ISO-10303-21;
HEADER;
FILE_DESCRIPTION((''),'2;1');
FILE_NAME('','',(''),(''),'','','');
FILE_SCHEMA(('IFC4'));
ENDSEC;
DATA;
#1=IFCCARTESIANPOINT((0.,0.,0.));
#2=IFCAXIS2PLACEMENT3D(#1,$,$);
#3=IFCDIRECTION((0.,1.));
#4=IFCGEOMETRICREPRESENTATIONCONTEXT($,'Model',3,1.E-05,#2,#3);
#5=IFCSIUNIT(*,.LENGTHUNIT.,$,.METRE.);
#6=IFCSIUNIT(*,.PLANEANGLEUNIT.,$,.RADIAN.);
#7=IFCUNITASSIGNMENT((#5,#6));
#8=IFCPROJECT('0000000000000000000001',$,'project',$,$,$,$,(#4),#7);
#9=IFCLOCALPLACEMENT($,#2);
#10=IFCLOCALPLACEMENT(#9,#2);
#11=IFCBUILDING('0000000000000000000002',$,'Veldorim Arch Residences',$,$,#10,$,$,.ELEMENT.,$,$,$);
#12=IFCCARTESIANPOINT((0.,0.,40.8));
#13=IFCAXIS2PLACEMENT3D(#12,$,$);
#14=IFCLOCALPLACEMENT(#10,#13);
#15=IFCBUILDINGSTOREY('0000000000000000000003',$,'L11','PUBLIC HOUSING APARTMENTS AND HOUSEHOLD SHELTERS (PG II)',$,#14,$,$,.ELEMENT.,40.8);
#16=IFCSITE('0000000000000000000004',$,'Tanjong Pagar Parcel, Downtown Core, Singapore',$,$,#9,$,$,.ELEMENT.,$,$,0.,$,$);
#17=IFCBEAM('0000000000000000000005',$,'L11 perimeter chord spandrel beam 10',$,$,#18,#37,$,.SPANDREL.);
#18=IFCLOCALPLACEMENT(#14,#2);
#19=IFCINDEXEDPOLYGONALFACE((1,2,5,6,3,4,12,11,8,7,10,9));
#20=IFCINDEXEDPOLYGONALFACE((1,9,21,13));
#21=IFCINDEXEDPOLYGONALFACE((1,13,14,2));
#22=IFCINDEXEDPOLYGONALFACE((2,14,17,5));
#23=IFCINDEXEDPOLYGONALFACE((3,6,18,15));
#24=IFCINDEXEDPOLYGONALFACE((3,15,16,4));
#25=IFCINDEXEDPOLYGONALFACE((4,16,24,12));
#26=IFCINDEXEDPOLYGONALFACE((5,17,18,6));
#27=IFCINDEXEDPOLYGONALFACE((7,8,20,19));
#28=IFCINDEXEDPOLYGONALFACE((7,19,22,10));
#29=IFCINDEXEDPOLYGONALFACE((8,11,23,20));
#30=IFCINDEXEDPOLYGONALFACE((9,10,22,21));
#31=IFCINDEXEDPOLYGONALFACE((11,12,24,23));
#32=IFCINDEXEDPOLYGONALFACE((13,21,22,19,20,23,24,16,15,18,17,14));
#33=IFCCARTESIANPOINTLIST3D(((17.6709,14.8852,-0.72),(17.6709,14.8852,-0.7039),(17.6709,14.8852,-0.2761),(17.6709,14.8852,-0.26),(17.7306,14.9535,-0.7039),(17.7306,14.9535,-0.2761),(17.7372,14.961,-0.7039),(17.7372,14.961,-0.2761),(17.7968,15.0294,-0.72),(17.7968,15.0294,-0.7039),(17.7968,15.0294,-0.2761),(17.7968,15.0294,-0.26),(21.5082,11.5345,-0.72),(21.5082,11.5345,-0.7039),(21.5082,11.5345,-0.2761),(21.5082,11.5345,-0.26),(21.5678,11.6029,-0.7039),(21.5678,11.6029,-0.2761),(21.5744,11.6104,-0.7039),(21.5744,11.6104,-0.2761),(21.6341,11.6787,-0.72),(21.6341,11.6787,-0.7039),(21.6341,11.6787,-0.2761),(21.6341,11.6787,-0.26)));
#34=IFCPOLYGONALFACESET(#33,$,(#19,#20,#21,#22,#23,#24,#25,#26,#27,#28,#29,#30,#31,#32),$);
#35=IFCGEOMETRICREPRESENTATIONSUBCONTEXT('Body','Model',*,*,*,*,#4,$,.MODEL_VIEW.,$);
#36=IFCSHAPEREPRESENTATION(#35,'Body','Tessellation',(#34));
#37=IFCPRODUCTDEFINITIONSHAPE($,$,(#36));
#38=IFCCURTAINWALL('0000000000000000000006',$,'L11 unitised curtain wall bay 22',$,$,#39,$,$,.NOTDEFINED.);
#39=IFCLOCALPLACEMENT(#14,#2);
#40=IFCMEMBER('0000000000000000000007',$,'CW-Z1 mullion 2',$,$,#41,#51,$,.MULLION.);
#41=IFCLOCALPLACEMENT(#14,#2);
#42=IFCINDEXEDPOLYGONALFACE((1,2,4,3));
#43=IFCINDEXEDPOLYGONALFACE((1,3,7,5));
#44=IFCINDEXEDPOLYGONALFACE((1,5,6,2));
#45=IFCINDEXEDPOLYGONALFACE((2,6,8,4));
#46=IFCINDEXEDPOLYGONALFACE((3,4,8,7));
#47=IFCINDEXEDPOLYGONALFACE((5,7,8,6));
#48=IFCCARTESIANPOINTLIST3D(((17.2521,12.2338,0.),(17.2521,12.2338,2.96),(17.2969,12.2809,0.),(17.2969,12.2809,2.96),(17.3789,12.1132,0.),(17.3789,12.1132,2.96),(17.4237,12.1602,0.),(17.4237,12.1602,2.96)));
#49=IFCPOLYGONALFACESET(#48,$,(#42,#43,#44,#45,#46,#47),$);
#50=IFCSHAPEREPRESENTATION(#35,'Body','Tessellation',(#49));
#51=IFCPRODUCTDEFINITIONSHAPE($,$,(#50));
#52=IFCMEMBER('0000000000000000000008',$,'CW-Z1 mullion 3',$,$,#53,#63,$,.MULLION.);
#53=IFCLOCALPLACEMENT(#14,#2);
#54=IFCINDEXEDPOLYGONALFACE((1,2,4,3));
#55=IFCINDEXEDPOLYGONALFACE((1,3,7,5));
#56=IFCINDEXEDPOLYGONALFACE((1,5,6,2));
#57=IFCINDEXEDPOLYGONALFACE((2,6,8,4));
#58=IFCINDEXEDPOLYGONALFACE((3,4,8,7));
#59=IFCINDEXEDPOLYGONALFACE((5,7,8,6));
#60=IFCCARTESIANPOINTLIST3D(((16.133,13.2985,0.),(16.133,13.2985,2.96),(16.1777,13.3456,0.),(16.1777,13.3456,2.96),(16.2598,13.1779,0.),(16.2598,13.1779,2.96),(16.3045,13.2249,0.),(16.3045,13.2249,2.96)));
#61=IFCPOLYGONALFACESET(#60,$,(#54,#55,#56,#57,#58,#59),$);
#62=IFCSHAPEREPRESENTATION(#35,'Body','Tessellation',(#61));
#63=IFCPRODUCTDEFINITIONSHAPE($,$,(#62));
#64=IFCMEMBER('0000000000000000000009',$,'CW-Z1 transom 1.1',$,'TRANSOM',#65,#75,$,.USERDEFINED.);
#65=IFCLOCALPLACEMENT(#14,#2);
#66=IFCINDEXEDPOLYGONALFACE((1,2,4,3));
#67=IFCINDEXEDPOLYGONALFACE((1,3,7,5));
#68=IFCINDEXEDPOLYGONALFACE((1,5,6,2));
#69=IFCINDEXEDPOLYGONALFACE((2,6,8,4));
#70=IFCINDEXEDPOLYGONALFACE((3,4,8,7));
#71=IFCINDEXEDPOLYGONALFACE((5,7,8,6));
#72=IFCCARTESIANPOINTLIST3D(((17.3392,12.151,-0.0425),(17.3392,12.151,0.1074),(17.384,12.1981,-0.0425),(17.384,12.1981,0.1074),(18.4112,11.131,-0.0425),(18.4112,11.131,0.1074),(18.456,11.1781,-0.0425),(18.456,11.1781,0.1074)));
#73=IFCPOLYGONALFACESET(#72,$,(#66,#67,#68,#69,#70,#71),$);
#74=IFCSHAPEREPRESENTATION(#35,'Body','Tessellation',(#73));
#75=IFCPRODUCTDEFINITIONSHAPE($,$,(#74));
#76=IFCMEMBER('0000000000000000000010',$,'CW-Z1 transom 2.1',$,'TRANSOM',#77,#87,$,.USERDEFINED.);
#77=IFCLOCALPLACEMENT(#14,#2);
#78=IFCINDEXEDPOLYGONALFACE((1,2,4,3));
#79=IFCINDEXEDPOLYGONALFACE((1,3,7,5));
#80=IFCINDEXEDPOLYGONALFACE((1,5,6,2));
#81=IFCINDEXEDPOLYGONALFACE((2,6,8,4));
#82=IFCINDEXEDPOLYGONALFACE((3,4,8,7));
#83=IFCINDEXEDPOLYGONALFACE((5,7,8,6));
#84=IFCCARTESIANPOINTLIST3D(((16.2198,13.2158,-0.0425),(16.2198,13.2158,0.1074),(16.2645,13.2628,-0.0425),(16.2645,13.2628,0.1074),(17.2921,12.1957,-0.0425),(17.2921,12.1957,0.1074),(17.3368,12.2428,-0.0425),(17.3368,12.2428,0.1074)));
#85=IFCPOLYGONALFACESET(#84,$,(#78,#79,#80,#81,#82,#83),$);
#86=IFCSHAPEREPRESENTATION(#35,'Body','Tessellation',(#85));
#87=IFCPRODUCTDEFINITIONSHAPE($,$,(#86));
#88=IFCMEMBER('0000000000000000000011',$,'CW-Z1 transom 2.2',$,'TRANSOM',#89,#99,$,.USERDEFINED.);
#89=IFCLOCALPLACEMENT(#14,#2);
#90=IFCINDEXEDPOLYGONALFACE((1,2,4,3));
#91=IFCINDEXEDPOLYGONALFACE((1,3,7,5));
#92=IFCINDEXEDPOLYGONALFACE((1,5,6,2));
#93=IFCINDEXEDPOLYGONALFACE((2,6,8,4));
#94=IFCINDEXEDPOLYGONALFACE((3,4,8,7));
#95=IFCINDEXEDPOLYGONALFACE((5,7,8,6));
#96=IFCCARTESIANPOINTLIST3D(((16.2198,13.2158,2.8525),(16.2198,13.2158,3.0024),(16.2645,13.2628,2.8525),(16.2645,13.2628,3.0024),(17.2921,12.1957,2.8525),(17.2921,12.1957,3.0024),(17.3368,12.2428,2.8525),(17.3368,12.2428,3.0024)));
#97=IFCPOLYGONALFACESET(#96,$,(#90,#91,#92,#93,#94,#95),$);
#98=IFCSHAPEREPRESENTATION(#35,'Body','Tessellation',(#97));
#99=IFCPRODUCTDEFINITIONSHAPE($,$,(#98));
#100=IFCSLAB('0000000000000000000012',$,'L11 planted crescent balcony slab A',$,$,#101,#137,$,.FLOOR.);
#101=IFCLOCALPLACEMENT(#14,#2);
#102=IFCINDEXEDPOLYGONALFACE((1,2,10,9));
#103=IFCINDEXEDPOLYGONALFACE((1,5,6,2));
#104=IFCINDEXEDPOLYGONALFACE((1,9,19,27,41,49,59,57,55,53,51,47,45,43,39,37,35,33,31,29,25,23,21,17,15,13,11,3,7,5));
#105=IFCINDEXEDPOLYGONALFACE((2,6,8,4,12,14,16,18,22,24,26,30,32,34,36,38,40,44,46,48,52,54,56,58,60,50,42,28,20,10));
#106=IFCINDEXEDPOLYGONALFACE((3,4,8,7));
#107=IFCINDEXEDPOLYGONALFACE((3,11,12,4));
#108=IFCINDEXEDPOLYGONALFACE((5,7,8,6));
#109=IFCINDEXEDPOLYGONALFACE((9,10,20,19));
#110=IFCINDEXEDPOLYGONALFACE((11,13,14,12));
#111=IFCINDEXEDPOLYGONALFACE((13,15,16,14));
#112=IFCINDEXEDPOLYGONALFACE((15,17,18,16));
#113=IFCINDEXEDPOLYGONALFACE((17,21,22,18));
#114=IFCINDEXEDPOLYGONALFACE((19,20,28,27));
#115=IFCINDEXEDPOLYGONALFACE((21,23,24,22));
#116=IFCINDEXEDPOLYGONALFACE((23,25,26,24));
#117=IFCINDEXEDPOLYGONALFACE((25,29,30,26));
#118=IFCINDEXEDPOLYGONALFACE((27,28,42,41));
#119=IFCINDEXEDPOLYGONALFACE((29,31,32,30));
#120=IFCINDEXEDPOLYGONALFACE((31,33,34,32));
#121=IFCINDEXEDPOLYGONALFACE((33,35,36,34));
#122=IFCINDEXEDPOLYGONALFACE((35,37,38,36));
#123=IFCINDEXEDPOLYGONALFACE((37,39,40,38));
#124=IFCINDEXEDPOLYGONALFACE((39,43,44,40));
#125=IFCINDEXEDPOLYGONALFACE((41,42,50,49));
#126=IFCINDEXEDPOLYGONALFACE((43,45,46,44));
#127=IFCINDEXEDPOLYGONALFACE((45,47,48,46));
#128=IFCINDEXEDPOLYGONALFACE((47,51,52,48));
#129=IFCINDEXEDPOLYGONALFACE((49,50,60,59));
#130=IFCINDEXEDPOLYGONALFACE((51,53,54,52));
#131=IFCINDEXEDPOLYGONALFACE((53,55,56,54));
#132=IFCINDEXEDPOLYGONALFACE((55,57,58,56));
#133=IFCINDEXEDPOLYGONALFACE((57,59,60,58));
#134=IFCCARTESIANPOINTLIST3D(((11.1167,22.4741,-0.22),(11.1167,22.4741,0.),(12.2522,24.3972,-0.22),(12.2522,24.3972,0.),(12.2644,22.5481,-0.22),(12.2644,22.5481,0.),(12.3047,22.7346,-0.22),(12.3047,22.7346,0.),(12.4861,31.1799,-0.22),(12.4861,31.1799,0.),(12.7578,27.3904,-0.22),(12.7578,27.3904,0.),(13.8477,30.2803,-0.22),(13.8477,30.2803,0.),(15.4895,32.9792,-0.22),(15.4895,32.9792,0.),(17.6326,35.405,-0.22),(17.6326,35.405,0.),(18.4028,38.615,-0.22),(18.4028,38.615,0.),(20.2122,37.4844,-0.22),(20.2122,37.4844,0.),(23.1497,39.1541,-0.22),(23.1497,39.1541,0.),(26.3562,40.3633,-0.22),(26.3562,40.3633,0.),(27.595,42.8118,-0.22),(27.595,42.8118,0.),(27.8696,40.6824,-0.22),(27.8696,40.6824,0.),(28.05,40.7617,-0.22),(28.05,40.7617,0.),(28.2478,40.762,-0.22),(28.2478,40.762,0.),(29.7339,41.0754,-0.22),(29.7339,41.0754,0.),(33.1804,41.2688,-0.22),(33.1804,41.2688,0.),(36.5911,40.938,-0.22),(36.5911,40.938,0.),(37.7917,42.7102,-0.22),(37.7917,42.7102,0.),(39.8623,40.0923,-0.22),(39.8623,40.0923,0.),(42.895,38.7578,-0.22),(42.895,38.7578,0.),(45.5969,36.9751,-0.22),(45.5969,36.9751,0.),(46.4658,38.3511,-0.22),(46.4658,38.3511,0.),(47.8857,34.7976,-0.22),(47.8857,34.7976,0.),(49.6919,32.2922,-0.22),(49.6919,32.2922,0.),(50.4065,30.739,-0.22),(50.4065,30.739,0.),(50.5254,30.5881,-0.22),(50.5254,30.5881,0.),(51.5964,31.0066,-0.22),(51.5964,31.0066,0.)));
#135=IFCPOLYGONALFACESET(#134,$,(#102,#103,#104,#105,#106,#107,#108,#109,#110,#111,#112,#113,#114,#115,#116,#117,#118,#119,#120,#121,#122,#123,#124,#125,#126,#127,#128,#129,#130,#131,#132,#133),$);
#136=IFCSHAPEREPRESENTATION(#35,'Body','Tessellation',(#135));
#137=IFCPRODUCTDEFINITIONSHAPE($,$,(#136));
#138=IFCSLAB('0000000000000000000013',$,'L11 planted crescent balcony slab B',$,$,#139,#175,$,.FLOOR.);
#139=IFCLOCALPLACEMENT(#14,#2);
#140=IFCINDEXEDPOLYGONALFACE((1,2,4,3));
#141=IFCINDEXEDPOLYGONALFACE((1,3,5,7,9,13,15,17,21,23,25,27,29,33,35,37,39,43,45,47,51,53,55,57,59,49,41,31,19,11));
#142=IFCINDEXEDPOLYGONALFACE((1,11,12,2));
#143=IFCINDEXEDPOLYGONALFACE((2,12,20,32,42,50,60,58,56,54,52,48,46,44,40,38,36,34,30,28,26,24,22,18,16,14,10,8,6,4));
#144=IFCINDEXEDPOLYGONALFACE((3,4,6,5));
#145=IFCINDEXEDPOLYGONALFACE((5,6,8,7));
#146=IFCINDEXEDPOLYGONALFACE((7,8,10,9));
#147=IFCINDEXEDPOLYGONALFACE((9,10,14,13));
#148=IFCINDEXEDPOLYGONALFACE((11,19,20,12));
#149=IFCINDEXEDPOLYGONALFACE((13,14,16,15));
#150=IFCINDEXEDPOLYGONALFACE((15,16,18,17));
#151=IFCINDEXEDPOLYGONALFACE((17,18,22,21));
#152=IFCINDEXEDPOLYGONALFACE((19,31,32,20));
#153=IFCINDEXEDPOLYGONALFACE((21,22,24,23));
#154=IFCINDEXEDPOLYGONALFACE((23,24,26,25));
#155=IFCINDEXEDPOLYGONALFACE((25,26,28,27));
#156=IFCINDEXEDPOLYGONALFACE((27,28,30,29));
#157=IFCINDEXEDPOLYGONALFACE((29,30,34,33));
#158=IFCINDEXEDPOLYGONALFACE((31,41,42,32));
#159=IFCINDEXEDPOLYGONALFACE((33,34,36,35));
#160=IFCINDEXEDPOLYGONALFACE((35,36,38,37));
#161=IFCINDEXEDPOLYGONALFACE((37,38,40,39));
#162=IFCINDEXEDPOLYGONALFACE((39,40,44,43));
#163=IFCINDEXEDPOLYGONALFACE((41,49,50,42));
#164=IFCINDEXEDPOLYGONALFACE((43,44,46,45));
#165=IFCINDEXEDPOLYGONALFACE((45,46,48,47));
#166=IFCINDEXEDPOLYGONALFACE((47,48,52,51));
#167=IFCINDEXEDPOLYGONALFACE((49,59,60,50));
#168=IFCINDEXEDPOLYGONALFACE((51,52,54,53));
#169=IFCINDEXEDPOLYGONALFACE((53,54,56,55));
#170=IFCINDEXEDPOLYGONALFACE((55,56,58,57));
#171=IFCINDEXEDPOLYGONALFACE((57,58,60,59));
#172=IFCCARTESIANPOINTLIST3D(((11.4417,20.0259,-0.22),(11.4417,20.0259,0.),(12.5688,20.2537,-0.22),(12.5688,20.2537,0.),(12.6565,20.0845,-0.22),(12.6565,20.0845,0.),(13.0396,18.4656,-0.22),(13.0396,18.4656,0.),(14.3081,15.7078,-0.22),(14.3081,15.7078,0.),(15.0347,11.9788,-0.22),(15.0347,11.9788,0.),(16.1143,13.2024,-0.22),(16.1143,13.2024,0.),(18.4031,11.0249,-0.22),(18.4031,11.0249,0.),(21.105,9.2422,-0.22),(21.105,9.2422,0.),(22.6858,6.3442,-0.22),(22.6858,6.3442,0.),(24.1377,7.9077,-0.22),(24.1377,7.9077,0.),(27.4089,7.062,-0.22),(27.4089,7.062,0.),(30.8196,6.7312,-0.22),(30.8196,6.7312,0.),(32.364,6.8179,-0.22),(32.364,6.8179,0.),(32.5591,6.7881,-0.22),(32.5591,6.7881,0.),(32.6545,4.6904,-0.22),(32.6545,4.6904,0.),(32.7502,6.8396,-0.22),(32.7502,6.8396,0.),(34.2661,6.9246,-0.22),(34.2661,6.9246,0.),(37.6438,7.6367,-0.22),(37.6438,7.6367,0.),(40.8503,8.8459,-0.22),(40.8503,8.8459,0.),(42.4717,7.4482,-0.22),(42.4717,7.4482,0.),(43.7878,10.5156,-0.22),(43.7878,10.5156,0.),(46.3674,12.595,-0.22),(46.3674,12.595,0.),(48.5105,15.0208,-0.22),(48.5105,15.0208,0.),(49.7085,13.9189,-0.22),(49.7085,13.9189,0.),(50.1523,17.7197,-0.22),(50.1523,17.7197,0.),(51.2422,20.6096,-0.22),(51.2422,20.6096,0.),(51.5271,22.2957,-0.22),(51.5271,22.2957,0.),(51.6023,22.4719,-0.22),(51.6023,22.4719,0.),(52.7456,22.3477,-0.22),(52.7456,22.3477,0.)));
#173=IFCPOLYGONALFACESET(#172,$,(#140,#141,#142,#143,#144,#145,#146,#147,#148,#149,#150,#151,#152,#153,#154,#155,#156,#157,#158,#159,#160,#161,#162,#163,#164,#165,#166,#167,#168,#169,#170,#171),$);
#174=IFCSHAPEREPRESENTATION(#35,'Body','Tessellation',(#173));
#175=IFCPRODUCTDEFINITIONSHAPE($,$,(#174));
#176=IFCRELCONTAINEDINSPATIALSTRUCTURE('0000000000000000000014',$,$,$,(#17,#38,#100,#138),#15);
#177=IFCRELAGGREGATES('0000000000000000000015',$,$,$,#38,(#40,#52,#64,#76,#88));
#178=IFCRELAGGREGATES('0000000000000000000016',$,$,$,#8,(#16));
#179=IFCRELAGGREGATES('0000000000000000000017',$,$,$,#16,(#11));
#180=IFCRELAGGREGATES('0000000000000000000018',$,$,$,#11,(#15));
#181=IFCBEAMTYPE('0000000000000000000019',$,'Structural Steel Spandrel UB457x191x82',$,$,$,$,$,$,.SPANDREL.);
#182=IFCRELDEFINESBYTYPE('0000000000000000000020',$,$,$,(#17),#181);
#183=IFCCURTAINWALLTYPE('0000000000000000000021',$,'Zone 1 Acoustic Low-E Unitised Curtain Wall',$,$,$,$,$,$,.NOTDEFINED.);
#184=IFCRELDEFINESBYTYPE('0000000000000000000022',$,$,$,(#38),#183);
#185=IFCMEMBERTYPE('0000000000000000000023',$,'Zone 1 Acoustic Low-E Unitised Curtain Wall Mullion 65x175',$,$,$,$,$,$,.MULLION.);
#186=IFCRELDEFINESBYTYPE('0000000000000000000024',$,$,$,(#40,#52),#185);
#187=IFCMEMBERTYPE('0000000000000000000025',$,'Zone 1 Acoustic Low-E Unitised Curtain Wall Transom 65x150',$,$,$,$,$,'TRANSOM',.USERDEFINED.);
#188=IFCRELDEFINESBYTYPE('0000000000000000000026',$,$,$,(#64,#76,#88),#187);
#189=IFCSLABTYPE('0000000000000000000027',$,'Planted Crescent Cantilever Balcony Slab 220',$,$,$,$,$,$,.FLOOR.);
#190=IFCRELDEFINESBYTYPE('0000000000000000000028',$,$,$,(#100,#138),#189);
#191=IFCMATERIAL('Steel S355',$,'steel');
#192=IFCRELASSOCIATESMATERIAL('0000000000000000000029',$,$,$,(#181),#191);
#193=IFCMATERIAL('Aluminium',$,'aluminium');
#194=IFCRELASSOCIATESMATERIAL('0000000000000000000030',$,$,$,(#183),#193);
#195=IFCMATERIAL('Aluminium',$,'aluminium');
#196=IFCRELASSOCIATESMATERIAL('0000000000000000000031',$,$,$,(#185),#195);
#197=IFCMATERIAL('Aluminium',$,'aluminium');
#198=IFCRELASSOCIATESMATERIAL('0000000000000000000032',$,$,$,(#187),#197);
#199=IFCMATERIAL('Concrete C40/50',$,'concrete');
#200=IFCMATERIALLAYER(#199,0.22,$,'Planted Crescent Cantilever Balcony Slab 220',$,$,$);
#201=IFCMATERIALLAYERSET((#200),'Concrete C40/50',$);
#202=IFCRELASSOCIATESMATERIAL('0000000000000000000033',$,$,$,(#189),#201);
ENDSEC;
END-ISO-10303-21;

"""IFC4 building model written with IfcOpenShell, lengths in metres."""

from ifc_helpers import new_model, si_unit, direction, frame, origin, origin_2d, place, context, subcontext, project, spatial, polyline, rectangle, i_section, outline, extrude, material, layer, layer_set, material_profile, profile_set, type_object, element, aggregate, save


model = new_model("IFC4")

# Units and contexts
model_context = context("Model", 3, precision=1e-05, world=origin(), true_north=direction((0.0, 1.0)))
body_context = subcontext(model_context, "Body", "Model", "MODEL_VIEW")
ifc_project = project(units=[si_unit("LENGTHUNIT", "METRE"), si_unit("PLANEANGLEUNIT", "RADIAN")], contexts=[model_context])

# Site, building, storey
site_placement = place(None, origin())
site = spatial("IfcSite", under=ifc_project, at=site_placement, Name="Tanjong Pagar Parcel, Downtown Core, Singapore", CompositionType="ELEMENT", RefElevation=0.0)
building_placement = place(site_placement, origin())
building = spatial("IfcBuilding", under=site, at=building_placement, Name="Veldorim Arch Residences", CompositionType="ELEMENT")
storey_placement = place(building_placement, frame((0.0, 0.0, 40.8)))
storey = spatial("IfcBuildingStorey", under=building, at=storey_placement, Name="L11", Description="PUBLIC HOUSING APARTMENTS AND HOUSEHOLD SHELTERS (PG II)", CompositionType="ELEMENT", Elevation=40.8)

# Beam
ifc_material_1 = material(Name="Steel S355", Category="steel")
ifc_material_profile_1 = material_profile(ifc_material_1, i_section(OverallWidth=0.1914, OverallDepth=0.46, WebThickness=0.01, FlangeThickness=0.0161, at=origin_2d()), Name="UB457x191x82")
ifc_profile_set_1 = profile_set([ifc_material_profile_1], Name="Steel S355")
beam_type = type_object("IfcBeamType", Name="Structural Steel Spandrel UB457x191x82", PredefinedType="SPANDREL", material=ifc_profile_set_1)
beam_placement = place(storey_placement, frame((17.7339, 14.9573, -0.49), z_axis=(0.75325, -0.657734, 0.0), x_axis=(0.657734, 0.75325, 0.0)))
element("IfcBeam", 1, at=beam_placement, inside=storey, type_object=beam_type, Name="L11 perimeter chord spandrel beam 10", PredefinedType="SPANDREL", context=body_context, shape_type="SweptSolid", body=[
    extrude(i_section(OverallWidth=0.1914, OverallDepth=0.46, WebThickness=0.01, FlangeThickness=0.0161, at=origin_2d()), origin(), (0.0, 0.0, 1.0), 5.0942),
])

# Curtain wall, members
ifc_material_2 = material(Name="Aluminium", Category="aluminium")
curtain_wall_type = type_object("IfcCurtainWallType", Name="Zone 1 Acoustic Low-E Unitised Curtain Wall", PredefinedType="NOTDEFINED", material=ifc_material_2)
curtain_wall_placement = place(storey_placement, origin())
curtain_wall = element("IfcCurtainWall", 2, at=curtain_wall_placement, inside=storey, type_object=curtain_wall_type, Name="L11 unitised curtain wall bay 22", PredefinedType="NOTDEFINED")
ifc_material_3 = material(Name="Aluminium", Category="aluminium")
ifc_material_profile_2 = material_profile(ifc_material_3, rectangle(XDim=0.0649, YDim=0.175, at=origin_2d()), Name="ALU_MUL_65x175")
ifc_profile_set_2 = profile_set([ifc_material_profile_2], Name="Aluminium")
member_type_1 = type_object("IfcMemberType", Name="Zone 1 Acoustic Low-E Unitised Curtain Wall Mullion 65x175", PredefinedType="MULLION", material=ifc_profile_set_2)
member_1_placement = place(storey_placement, frame((17.3379, 12.197, 0.0), z_axis=(0.0, 0.0, 1.0), x_axis=(-0.689245, -0.724528, 0.0)))
member_1 = element("IfcMember", 3, at=member_1_placement, type_object=member_type_1, Name="CW-Z1 mullion 2", PredefinedType="MULLION", context=body_context, shape_type="SweptSolid", body=[
    extrude(rectangle(XDim=0.0649, YDim=0.175, at=origin_2d()), origin(), (0.0, 0.0, 1.0), 2.96),
])
member_2_placement = place(storey_placement, frame((16.2188, 13.2617, 0.0), z_axis=(0.0, 0.0, 1.0), x_axis=(-0.689245, -0.724528, 0.0)))
member_2 = element("IfcMember", 4, at=member_2_placement, type_object=member_type_1, Name="CW-Z1 mullion 3", PredefinedType="MULLION", context=body_context, shape_type="SweptSolid", body=[
    extrude(rectangle(XDim=0.0649, YDim=0.175, at=origin_2d()), origin(), (0.0, 0.0, 1.0), 2.96),
])
ifc_material_4 = material(Name="Aluminium", Category="aluminium")
ifc_material_profile_3 = material_profile(ifc_material_4, rectangle(XDim=0.0649, YDim=0.1499, at=origin_2d()), Name="ALU_TRN_65x150")
ifc_profile_set_3 = profile_set([ifc_material_profile_3], Name="Aluminium")
member_type_2 = type_object("IfcMemberType", Name="Zone 1 Acoustic Low-E Unitised Curtain Wall Transom 65x150", ElementType="TRANSOM", PredefinedType="USERDEFINED", material=ifc_profile_set_3)
member_3_placement = place(storey_placement, frame((18.4336, 11.1545, 0.0325), z_axis=(-0.72446, 0.689317, 0.0), x_axis=(-0.689317, -0.72446, 0.0)))
member_3 = element("IfcMember", 5, at=member_3_placement, type_object=member_type_2, Name="CW-Z1 transom 1.1", ObjectType="TRANSOM", PredefinedType="USERDEFINED", context=body_context, shape_type="SweptSolid", body=[
    extrude(rectangle(XDim=0.0649, YDim=0.1499, at=origin_2d()), origin(), (0.0, 0.0, 1.0), 1.4797),
])
member_4_placement = place(storey_placement, frame((17.3145, 12.2192, 0.0325), z_axis=(-0.724538, 0.689235, 0.0), x_axis=(-0.689235, -0.724538, 0.0)))
member_4 = element("IfcMember", 6, at=member_4_placement, type_object=member_type_2, Name="CW-Z1 transom 2.1", ObjectType="TRANSOM", PredefinedType="USERDEFINED", context=body_context, shape_type="SweptSolid", body=[
    extrude(rectangle(XDim=0.0649, YDim=0.1499, at=origin_2d()), origin(), (0.0, 0.0, 1.0), 1.48),
])
member_5_placement = place(storey_placement, frame((17.3145, 12.2192, 2.9275), z_axis=(-0.724538, 0.689235, 0.0), x_axis=(-0.689235, -0.724538, 0.0)))
member_5 = element("IfcMember", 7, at=member_5_placement, type_object=member_type_2, Name="CW-Z1 transom 2.2", ObjectType="TRANSOM", PredefinedType="USERDEFINED", context=body_context, shape_type="SweptSolid", body=[
    extrude(rectangle(XDim=0.0649, YDim=0.1499, at=origin_2d()), origin(), (0.0, 0.0, 1.0), 1.48),
])

# Slabs
ifc_material_5 = material(Name="Concrete C40/50", Category="concrete")
ifc_layer_1 = layer(ifc_material_5, 0.22, Name="Planted Crescent Cantilever Balcony Slab 220")
ifc_layer_set_1 = layer_set([ifc_layer_1], Name="Concrete C40/50")
slab_type_1 = type_object("IfcSlabType", Name="Planted Crescent Cantilever Balcony Slab 220", PredefinedType="FLOOR", material=ifc_layer_set_1)
slab_1_placement = place(storey_placement, frame((0.0, 0.0, -0.22)))
element("IfcSlab", 8, at=slab_1_placement, inside=storey, type_object=slab_type_1, Name="L11 planted crescent balcony slab A", PredefinedType="FLOOR", context=body_context, shape_type="SweptSolid", body=[
    extrude(outline(polyline([(50.4065, 30.739), (49.6919, 32.2922), (47.8857, 34.7976), (45.5969, 36.9751), (42.895, 38.7578), (39.8623, 40.0923), (36.5911, 40.938), (33.1804, 41.2688), (29.7339, 41.0754), (28.2478, 40.762), (28.05, 40.7617), (27.8696, 40.6824), (26.3562, 40.3633), (23.1497, 39.1541), (20.2122, 37.4844), (17.6326, 35.405), (15.4895, 32.9792), (13.8477, 30.2803), (12.7578, 27.3904), (12.2522, 24.3972), (12.3047, 22.7346), (12.2644, 22.5481), (11.1167, 22.4741), (12.4861, 31.1799), (18.4028, 38.615), (27.595, 42.8118), (37.7917, 42.7102), (46.4658, 38.3511), (51.5964, 31.0066), (50.5254, 30.5881), (50.4065, 30.739)])), origin(), (0.0, 0.0, 1.0), 0.22),
])
slab_2_placement = place(storey_placement, frame((0.0, 0.0, -0.22)))
element("IfcSlab", 9, at=slab_2_placement, inside=storey, type_object=slab_type_1, Name="L11 planted crescent balcony slab B", PredefinedType="FLOOR", context=body_context, shape_type="SweptSolid", body=[
    extrude(outline(polyline([(12.6565, 20.0845), (13.0396, 18.4656), (14.3081, 15.7078), (16.1143, 13.2024), (18.4031, 11.0249), (21.105, 9.2422), (24.1377, 7.9077), (27.4089, 7.062), (30.8196, 6.7312), (32.364, 6.8179), (32.5591, 6.7881), (32.7502, 6.8396), (34.2661, 6.9246), (37.6438, 7.6367), (40.8503, 8.8459), (43.7878, 10.5156), (46.3674, 12.595), (48.5105, 15.0208), (50.1523, 17.7197), (51.2422, 20.6096), (51.5271, 22.2957), (51.6023, 22.4719), (52.7456, 22.3477), (49.7085, 13.9189), (42.4717, 7.4482), (32.6545, 4.6904), (22.6858, 6.3442), (15.0347, 11.9788), (11.4417, 20.0259), (12.5688, 20.2537), (12.6565, 20.0845)])), origin(), (0.0, 0.0, 1.0), 0.22),
])

aggregate(curtain_wall, [member_1, member_2, member_3, member_4, member_5])

save(model, "model.ifc")
